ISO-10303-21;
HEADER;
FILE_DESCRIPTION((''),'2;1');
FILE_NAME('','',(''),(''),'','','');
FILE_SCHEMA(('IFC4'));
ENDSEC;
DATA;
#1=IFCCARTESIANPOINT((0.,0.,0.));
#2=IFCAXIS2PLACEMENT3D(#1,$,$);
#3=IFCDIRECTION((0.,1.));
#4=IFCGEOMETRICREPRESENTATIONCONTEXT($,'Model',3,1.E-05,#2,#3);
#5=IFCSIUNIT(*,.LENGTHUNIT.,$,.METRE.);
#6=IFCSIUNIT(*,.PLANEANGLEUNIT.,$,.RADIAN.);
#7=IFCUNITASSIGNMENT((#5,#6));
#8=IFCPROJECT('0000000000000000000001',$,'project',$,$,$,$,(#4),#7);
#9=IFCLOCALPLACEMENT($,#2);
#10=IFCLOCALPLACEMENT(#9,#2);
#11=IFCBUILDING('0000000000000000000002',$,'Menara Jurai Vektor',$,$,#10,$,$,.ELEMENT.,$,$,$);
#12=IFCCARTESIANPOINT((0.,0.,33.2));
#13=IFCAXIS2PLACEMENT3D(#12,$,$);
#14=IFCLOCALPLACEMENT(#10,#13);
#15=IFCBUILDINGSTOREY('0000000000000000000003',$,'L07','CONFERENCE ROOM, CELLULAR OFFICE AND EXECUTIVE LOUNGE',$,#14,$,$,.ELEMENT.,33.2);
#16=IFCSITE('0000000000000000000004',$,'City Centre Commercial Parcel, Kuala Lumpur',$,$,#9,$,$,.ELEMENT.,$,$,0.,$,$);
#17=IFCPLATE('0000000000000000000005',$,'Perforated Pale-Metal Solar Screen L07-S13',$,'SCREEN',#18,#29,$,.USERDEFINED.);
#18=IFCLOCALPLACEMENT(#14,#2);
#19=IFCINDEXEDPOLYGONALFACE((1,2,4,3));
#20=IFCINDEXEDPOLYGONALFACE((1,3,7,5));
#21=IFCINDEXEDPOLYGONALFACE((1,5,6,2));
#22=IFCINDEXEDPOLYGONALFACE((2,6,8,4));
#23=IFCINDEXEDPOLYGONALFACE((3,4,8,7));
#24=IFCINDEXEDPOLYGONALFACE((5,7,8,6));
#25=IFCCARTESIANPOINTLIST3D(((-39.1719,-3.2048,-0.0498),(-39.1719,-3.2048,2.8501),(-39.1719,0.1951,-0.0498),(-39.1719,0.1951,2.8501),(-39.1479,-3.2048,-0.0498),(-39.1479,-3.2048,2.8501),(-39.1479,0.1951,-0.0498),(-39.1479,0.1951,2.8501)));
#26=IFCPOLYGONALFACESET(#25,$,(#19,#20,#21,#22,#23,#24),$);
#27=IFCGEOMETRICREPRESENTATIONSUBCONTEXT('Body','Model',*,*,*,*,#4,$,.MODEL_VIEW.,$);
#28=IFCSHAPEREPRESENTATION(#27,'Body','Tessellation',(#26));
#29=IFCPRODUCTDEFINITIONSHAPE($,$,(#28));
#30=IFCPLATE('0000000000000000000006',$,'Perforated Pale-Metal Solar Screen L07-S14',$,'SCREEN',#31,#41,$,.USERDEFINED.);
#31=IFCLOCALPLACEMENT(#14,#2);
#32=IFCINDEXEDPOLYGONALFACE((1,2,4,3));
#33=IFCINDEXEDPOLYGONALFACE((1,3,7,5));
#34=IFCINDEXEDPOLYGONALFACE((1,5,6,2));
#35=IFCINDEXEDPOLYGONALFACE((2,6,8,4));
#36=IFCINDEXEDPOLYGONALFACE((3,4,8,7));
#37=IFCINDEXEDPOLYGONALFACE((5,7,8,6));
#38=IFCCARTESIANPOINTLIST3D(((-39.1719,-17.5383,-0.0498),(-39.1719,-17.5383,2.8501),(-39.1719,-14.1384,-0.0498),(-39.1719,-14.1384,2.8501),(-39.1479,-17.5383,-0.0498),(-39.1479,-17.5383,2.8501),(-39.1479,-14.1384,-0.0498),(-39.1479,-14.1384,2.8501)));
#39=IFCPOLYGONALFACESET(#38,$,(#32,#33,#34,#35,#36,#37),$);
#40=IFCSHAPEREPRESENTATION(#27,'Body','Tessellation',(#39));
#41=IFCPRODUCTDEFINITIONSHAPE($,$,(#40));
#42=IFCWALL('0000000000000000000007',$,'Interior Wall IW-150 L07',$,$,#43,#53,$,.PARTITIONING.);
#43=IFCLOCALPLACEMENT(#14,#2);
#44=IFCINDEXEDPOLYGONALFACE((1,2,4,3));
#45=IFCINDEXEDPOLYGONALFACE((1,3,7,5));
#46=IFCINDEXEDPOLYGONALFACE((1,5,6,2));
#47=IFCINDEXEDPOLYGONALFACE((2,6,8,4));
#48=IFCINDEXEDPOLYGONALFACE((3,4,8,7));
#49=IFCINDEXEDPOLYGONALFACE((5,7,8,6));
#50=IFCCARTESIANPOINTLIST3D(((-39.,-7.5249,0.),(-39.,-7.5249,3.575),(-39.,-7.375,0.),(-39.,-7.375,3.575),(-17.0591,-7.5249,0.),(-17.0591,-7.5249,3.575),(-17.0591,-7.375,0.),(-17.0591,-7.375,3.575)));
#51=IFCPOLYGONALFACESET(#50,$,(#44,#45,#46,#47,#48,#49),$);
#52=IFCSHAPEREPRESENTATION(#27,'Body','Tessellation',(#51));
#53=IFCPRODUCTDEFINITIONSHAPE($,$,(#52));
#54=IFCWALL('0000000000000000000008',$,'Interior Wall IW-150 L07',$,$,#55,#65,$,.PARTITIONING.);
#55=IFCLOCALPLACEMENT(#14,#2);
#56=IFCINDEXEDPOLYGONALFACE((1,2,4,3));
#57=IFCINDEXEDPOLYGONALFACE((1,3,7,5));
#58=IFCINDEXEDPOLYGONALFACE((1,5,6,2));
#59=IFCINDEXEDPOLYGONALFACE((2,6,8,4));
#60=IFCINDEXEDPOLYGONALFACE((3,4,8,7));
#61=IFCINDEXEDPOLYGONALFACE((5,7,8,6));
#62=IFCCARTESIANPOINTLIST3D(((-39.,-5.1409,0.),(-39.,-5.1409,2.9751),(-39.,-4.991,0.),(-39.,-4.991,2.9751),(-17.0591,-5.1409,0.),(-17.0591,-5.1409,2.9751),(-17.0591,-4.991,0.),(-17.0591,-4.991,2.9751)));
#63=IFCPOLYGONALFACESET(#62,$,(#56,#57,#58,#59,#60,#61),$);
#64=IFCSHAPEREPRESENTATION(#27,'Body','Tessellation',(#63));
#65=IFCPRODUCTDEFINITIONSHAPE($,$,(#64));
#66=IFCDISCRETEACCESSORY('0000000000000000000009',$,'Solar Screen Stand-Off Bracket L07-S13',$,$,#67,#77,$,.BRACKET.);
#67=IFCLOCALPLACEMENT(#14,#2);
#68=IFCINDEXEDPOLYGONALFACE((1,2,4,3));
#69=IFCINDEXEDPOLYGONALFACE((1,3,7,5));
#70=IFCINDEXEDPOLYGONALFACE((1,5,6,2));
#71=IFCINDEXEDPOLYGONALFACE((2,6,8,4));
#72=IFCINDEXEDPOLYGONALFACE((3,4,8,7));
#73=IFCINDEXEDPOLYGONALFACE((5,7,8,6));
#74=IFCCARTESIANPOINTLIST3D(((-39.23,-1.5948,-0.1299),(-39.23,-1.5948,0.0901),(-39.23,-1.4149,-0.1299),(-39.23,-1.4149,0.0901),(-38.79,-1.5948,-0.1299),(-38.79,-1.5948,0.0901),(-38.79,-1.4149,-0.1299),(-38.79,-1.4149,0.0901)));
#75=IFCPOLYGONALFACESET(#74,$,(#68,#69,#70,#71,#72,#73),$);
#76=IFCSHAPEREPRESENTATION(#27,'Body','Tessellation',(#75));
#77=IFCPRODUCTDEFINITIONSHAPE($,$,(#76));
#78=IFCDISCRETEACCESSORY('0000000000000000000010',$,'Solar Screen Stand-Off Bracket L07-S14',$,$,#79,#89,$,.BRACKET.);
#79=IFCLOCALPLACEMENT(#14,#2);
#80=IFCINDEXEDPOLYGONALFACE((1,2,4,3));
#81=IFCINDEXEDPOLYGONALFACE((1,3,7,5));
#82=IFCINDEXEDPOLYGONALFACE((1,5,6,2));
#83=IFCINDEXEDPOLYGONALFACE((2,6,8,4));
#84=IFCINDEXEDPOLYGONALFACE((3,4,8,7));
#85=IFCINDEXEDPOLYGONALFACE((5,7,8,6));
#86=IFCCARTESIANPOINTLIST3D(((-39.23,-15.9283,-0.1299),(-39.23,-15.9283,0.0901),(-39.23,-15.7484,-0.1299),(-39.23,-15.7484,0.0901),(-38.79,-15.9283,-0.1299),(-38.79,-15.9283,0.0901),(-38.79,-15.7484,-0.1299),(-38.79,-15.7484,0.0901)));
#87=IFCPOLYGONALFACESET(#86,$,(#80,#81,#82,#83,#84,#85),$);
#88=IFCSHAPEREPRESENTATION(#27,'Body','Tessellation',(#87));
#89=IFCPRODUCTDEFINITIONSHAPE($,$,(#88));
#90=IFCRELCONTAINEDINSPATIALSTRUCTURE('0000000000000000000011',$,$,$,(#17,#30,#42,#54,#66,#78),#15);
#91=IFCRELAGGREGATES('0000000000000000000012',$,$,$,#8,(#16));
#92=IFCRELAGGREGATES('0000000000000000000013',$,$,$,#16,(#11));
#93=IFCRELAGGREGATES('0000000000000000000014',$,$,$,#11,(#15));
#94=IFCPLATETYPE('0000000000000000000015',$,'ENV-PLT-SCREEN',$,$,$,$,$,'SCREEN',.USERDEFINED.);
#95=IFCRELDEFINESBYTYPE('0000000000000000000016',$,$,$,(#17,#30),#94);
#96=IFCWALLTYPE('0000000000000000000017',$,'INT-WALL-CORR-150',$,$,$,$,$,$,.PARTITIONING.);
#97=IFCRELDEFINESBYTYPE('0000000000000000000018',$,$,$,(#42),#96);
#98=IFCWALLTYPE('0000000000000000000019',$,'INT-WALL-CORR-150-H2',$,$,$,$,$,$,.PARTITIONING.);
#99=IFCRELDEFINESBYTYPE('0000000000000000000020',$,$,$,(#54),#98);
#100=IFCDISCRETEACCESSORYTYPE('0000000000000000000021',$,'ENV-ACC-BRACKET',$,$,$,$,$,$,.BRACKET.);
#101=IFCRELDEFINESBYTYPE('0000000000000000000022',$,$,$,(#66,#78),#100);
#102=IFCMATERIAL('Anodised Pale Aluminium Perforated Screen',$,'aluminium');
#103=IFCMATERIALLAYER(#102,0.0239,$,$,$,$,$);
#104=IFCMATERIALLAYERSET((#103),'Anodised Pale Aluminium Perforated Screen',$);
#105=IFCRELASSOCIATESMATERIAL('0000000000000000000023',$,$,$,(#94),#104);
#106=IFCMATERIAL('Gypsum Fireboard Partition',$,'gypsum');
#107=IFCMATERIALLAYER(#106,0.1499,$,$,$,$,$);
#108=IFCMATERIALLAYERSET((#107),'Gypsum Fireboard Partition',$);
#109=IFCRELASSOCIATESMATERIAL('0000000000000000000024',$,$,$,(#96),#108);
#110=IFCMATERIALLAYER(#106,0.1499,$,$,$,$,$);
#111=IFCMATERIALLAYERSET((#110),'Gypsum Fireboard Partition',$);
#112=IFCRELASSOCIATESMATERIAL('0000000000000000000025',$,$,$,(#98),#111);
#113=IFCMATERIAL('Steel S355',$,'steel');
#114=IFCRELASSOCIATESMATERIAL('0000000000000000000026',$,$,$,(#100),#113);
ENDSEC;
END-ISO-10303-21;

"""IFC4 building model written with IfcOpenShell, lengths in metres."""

from ifc_helpers import new_model, si_unit, direction, frame, frame_2d, origin, origin_2d, place, context, subcontext, project, spatial, rectangle, extrude, material, layer, layer_set, type_object, element, save


model = new_model("IFC4")

# Units and contexts
model_context = context("Model", 3, precision=1e-05, world=origin(), true_north=direction((0.0, 1.0)))
body_context = subcontext(model_context, "Body", "Model", "MODEL_VIEW")
ifc_project = project(units=[si_unit("LENGTHUNIT", "METRE"), si_unit("PLANEANGLEUNIT", "RADIAN")], contexts=[model_context])

# Site, building, storey
site_placement = place(None, origin())
site = spatial("IfcSite", under=ifc_project, at=site_placement, Name="City Centre Commercial Parcel, Kuala Lumpur", CompositionType="ELEMENT", RefElevation=0.0)
building_placement = place(site_placement, origin())
building = spatial("IfcBuilding", under=site, at=building_placement, Name="Menara Jurai Vektor", CompositionType="ELEMENT")
storey_placement = place(building_placement, frame((0.0, 0.0, 33.2)))
storey = spatial("IfcBuildingStorey", under=building, at=storey_placement, Name="L07", Description="CONFERENCE ROOM, CELLULAR OFFICE AND EXECUTIVE LOUNGE", CompositionType="ELEMENT", Elevation=33.2)

# Shared definitions
ifc_material_1 = material(Name="Steel S355", Category="steel")

# Plates
ifc_material_2 = material(Name="Anodised Pale Aluminium Perforated Screen", Category="aluminium")
ifc_layer_1 = layer(ifc_material_2, 0.0239)
ifc_layer_set_1 = layer_set([ifc_layer_1], Name="Anodised Pale Aluminium Perforated Screen")
plate_type_1 = type_object("IfcPlateType", Name="ENV-PLT-SCREEN", ElementType="SCREEN", PredefinedType="USERDEFINED", material=ifc_layer_set_1)
for number, where, z_axis, x_axis, name in (
    (1, (-39.1599, -1.5049, -0.0498), (0.0, 0.0, 1.0), (0.0, -1.0, 0.0), "Perforated Pale-Metal Solar Screen L07-S13"),
    (2, (-39.1599, -15.8384, -0.0498), (0.0, 0.0, 1.0), (0.0, -1.0, 0.0), "Perforated Pale-Metal Solar Screen L07-S14"),
):
    element("IfcPlate", number, at=place(storey_placement, frame(where, z_axis=z_axis, x_axis=x_axis)), inside=storey, type_object=plate_type_1, Name=name, ObjectType="SCREEN", PredefinedType="USERDEFINED", context=body_context, shape_type="SweptSolid", body=[
        extrude(rectangle(XDim=3.3999, YDim=0.0239, at=origin_2d()), origin(), (0.0, 0.0, 1.0), 2.8999),
    ])

# Walls
ifc_material_3 = material(Name="Gypsum Fireboard Partition", Category="gypsum")
ifc_layer_2 = layer(ifc_material_3, 0.1499)
ifc_layer_set_2 = layer_set([ifc_layer_2], Name="Gypsum Fireboard Partition")
wall_type_1 = type_object("IfcWallType", Name="INT-WALL-CORR-150", PredefinedType="PARTITIONING", material=ifc_layer_set_2)
wall_1_placement = place(storey_placement, frame((-39.0, -7.45, 0.0), z_axis=(0.0, 0.0, 1.0), x_axis=(1.0, 0.0, 0.0)))
element("IfcWall", 3, at=wall_1_placement, inside=storey, type_object=wall_type_1, Name="Interior Wall IW-150 L07", PredefinedType="PARTITIONING", context=body_context, shape_type="SweptSolid", body=[
    extrude(rectangle(XDim=21.9409, YDim=0.1499, at=frame_2d((10.9705, 0.0))), origin(), (0.0, 0.0, 1.0), 3.575),
])
ifc_layer_3 = layer(ifc_material_3, 0.1499)
ifc_layer_set_3 = layer_set([ifc_layer_3], Name="Gypsum Fireboard Partition")
wall_type_2 = type_object("IfcWallType", Name="INT-WALL-CORR-150-H2", PredefinedType="PARTITIONING", material=ifc_layer_set_3)
wall_2_placement = place(storey_placement, frame((-39.0, -5.0659, 0.0), z_axis=(0.0, 0.0, 1.0), x_axis=(1.0, 0.0, 0.0)))
element("IfcWall", 4, at=wall_2_placement, inside=storey, type_object=wall_type_2, Name="Interior Wall IW-150 L07", PredefinedType="PARTITIONING", context=body_context, shape_type="SweptSolid", body=[
    extrude(rectangle(XDim=21.9409, YDim=0.1499, at=frame_2d((10.9705, 0.0))), origin(), (0.0, 0.0, 1.0), 2.9751),
])

# Discrete accessories
discrete_accessory_type = type_object("IfcDiscreteAccessoryType", Name="ENV-ACC-BRACKET", PredefinedType="BRACKET", material=ifc_material_1)
for number, where, z_axis, x_axis, name in (
    (5, (-39.01, -1.5049, -0.1299), (0.0, 0.0, 1.0), (0.0, -1.0, 0.0), "Solar Screen Stand-Off Bracket L07-S13"),
    (6, (-39.01, -15.8384, -0.1299), (0.0, 0.0, 1.0), (0.0, -1.0, 0.0), "Solar Screen Stand-Off Bracket L07-S14"),
):
    element("IfcDiscreteAccessory", number, at=place(storey_placement, frame(where, z_axis=z_axis, x_axis=x_axis)), inside=storey, type_object=discrete_accessory_type, Name=name, PredefinedType="BRACKET", context=body_context, shape_type="SweptSolid", body=[
        extrude(rectangle(XDim=0.1799, YDim=0.4399, at=origin_2d()), origin(), (0.0, 0.0, 1.0), 0.22),
    ])

save(model, "model.ifc")
